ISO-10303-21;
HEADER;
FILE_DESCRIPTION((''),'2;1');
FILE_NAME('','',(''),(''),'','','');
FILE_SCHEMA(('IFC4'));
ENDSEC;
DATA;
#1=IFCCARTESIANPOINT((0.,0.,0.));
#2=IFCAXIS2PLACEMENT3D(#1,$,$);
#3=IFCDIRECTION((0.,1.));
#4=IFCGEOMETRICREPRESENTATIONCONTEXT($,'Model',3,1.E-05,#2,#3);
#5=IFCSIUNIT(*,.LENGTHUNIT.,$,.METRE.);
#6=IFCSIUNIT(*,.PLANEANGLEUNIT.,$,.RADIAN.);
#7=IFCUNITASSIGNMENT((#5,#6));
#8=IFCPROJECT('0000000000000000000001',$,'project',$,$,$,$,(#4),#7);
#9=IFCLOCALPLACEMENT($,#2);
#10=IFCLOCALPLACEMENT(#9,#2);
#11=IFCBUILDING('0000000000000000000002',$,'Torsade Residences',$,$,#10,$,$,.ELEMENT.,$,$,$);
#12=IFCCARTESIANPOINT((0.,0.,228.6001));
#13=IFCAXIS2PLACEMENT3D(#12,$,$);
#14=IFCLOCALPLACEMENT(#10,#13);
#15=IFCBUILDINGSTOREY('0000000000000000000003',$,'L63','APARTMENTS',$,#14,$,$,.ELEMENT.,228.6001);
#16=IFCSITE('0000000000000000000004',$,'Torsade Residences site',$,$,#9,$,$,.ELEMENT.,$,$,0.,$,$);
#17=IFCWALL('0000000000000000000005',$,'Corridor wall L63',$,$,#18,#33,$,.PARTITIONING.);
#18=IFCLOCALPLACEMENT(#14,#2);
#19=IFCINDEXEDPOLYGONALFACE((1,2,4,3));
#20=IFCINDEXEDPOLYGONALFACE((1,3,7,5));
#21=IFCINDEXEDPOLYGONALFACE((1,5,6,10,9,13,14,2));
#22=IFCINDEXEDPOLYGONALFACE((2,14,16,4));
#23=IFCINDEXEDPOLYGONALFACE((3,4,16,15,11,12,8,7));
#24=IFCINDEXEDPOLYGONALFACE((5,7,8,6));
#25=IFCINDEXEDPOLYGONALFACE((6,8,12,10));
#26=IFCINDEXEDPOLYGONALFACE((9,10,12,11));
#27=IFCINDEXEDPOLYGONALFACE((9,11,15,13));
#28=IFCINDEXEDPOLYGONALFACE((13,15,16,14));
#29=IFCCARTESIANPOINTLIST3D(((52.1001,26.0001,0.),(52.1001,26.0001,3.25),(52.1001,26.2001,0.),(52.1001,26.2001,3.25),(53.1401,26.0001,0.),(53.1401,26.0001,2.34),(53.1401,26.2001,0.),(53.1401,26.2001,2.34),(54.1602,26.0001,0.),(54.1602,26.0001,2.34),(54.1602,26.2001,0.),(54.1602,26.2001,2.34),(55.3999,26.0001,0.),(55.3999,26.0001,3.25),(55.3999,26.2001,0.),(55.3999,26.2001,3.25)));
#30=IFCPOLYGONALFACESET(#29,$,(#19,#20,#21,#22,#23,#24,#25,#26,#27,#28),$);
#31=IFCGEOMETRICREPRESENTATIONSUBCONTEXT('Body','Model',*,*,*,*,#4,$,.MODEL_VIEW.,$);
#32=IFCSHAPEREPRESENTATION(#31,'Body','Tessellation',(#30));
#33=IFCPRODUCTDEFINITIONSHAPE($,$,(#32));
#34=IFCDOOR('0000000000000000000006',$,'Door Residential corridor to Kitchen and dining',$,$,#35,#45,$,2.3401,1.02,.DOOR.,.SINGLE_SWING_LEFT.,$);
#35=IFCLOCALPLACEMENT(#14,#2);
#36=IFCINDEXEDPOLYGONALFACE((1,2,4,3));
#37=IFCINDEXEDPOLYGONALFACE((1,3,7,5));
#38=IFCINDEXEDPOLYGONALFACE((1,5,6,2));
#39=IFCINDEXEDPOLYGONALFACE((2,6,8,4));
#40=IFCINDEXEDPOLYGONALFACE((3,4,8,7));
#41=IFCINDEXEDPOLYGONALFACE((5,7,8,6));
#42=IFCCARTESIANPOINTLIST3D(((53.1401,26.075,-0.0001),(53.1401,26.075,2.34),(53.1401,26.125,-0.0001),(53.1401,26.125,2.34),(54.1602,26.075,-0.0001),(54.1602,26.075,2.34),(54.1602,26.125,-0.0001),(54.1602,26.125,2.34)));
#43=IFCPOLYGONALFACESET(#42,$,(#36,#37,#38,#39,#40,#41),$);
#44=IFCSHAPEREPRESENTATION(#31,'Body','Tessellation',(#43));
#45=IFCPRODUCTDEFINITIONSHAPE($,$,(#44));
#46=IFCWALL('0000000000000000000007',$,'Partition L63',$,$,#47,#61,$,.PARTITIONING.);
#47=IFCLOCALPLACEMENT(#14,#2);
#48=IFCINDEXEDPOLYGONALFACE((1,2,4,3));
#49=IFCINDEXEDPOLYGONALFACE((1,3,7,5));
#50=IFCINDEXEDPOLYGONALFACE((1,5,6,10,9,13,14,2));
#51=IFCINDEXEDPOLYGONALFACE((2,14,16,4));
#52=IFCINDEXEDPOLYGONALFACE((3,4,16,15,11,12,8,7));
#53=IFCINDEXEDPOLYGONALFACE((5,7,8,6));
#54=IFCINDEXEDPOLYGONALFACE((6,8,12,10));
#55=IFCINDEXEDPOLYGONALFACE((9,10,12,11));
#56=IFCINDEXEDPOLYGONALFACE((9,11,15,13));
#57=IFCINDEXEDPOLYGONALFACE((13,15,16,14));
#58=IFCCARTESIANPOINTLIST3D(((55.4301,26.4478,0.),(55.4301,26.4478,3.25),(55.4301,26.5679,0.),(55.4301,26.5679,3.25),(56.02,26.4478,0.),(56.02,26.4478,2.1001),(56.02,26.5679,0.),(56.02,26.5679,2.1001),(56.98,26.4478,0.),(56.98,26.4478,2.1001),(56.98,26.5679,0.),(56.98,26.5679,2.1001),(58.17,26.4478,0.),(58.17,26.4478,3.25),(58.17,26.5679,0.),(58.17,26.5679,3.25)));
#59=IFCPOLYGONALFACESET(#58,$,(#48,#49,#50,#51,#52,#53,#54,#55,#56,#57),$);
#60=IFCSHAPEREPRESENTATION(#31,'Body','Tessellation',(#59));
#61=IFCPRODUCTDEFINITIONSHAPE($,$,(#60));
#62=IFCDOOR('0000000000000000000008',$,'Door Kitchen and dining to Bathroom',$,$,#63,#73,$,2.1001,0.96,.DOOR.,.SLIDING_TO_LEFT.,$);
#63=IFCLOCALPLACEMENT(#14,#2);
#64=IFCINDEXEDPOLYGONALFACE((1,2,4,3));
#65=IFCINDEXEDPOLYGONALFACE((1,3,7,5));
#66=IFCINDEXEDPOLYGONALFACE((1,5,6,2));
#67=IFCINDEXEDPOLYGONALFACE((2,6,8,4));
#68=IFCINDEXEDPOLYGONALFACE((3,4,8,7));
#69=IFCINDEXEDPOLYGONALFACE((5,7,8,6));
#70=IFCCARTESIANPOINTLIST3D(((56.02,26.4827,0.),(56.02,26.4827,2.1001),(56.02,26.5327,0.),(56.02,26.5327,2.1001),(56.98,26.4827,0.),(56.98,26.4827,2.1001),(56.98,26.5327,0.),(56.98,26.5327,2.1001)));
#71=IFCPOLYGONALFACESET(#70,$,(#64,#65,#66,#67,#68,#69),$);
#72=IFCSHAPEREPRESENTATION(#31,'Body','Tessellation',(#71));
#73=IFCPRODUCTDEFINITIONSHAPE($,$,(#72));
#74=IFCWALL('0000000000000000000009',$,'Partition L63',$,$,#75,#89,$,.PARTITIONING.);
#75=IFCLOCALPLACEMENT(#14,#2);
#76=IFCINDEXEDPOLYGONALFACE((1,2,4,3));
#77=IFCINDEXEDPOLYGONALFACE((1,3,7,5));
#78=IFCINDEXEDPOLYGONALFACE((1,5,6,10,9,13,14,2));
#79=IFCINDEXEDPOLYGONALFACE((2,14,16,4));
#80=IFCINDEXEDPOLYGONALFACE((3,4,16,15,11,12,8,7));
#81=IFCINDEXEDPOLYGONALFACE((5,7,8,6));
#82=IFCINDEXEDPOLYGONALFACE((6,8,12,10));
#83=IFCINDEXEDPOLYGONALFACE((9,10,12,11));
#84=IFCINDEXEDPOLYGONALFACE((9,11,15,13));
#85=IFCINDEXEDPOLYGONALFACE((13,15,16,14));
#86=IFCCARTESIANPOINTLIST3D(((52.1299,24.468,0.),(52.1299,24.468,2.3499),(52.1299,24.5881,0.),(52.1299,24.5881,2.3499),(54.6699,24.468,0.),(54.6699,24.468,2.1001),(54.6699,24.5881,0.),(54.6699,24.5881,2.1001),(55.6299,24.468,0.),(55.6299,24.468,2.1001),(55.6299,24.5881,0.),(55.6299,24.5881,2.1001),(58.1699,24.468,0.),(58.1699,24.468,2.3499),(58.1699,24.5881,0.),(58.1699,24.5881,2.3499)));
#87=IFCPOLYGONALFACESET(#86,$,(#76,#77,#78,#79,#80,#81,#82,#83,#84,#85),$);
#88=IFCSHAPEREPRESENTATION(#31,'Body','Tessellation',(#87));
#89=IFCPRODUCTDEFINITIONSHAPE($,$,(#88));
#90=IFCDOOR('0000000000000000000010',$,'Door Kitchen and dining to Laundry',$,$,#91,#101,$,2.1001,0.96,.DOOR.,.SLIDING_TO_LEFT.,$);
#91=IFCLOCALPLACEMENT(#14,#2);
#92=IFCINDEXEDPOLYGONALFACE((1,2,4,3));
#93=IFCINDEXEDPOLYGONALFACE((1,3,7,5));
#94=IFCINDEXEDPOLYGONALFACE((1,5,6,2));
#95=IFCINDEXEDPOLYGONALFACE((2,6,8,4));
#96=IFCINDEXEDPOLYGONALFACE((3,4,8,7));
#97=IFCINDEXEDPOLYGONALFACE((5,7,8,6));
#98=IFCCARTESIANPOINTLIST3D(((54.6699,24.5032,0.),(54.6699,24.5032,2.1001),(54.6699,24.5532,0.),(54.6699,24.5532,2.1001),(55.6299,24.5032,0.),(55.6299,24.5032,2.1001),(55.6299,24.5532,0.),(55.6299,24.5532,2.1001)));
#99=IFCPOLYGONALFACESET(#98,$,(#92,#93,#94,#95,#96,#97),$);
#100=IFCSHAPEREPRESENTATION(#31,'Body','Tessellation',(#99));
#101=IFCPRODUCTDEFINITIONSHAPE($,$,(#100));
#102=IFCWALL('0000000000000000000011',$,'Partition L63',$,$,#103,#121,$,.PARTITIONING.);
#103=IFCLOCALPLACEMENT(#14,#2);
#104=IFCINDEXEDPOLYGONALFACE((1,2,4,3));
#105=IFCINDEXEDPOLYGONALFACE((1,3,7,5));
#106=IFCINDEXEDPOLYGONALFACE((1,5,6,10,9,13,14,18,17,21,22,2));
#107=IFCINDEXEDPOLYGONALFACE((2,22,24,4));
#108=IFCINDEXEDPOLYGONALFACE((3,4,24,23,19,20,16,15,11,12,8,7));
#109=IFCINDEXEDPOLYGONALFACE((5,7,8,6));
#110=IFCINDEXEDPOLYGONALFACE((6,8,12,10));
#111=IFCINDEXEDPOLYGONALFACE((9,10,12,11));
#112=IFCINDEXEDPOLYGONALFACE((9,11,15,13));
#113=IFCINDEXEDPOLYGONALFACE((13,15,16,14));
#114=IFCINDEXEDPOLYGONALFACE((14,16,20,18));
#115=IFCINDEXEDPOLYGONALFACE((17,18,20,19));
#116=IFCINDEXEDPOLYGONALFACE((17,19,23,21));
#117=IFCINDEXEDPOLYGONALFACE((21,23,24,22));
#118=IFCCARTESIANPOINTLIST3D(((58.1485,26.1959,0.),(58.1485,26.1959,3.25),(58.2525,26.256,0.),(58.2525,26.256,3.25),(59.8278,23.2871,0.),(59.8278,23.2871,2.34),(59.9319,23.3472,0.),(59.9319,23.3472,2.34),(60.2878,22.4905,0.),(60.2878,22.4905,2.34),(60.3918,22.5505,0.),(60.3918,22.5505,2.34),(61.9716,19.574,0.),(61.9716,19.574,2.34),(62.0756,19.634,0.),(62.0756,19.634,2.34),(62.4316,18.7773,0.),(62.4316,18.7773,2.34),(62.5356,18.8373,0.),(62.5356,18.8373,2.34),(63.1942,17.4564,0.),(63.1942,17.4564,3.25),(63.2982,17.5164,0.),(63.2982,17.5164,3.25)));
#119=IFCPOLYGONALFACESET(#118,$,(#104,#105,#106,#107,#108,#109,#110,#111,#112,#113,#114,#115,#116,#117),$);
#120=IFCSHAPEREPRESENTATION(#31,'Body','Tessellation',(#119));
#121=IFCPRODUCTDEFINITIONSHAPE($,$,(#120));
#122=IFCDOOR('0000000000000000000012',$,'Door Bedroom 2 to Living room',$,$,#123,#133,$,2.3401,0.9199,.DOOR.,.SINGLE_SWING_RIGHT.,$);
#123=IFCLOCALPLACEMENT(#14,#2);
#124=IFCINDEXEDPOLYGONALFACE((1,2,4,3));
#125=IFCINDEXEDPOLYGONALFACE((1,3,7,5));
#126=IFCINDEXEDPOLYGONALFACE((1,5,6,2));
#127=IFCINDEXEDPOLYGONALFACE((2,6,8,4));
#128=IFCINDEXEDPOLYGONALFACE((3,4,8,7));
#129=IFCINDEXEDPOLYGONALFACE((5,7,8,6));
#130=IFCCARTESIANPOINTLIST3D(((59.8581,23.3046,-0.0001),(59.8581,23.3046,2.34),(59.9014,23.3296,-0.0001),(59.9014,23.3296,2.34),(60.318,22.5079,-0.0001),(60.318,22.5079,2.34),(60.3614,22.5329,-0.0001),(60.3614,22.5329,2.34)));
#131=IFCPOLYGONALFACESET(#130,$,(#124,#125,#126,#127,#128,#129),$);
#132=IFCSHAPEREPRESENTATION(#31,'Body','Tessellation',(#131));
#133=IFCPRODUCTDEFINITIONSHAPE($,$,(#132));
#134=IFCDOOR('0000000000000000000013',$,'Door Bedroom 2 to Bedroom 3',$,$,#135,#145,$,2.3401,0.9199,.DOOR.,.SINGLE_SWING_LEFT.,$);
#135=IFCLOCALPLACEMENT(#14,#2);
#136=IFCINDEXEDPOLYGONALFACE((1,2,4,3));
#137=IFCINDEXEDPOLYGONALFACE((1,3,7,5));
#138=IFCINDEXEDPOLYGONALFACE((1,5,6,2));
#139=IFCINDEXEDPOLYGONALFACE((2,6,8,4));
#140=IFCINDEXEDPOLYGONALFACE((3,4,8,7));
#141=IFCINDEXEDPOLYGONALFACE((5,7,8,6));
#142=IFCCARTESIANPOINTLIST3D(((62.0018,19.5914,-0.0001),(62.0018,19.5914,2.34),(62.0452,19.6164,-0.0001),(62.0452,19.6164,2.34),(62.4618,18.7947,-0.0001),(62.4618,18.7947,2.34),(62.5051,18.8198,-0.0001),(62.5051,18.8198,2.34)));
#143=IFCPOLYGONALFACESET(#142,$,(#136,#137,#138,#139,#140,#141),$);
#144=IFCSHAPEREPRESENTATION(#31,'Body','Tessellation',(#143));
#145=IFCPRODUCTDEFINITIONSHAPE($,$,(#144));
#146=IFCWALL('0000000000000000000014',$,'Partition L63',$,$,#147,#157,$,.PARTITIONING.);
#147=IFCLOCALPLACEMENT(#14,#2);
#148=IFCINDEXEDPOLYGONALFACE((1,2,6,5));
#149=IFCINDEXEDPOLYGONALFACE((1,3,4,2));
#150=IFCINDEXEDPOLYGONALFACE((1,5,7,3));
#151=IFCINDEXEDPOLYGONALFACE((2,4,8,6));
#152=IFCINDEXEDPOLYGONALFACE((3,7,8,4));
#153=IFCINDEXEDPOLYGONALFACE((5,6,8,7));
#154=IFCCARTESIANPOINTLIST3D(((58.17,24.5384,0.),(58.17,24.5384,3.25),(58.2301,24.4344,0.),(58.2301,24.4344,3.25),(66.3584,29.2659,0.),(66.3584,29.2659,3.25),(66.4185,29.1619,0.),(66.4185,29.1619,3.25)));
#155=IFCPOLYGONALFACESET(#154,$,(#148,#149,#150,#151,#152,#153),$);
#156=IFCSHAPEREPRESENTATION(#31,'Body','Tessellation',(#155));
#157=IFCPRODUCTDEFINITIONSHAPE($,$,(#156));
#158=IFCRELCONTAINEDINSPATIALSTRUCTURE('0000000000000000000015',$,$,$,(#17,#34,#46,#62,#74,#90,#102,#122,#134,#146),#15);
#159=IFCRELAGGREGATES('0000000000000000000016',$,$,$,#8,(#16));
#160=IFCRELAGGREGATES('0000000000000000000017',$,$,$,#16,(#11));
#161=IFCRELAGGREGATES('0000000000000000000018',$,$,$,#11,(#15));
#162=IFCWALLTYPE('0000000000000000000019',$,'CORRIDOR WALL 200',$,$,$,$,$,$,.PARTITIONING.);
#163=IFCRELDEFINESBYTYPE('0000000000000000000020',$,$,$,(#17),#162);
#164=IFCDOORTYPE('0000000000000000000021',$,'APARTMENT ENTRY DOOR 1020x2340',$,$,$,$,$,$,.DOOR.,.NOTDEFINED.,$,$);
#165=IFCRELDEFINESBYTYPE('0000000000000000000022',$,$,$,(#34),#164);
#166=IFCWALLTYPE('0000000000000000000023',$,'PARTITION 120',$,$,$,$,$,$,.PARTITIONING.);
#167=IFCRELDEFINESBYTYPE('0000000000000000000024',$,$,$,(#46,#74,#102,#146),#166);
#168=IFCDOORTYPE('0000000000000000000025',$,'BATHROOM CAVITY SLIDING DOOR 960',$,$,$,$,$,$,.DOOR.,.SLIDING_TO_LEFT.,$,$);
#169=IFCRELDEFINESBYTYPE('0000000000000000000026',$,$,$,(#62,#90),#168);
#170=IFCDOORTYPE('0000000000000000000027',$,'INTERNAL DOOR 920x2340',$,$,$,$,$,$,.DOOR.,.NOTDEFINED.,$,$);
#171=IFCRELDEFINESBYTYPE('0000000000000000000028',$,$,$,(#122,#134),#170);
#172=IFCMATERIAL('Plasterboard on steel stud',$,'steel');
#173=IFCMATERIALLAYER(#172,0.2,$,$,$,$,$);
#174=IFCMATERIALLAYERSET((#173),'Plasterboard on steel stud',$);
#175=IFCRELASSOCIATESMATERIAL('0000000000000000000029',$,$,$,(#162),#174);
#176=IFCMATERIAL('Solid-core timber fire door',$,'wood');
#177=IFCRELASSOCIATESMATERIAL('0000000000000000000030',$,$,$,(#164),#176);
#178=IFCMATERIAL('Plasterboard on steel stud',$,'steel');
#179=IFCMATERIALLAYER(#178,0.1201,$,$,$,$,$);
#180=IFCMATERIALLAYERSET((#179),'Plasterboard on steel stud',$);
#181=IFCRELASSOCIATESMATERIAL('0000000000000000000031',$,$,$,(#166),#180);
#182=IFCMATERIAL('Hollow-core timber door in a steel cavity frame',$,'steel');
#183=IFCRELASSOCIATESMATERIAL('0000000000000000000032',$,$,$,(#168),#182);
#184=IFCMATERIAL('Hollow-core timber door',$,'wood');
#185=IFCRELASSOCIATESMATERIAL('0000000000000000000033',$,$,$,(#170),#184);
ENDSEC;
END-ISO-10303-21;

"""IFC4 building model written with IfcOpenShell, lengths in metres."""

from ifc_helpers import new_model, si_unit, direction, frame, frame_2d, origin, place, context, subcontext, project, spatial, rectangle, extrude, material, layer, layer_set, type_object, element, fill, save


model = new_model("IFC4")

# Units and contexts
model_context = context("Model", 3, precision=1e-05, world=origin(), true_north=direction((0.0, 1.0)))
body_context = subcontext(model_context, "Body", "Model", "MODEL_VIEW")
ifc_project = project(units=[si_unit("LENGTHUNIT", "METRE"), si_unit("PLANEANGLEUNIT", "RADIAN")], contexts=[model_context])

# Site, building, storey
site_placement = place(None, origin())
site = spatial("IfcSite", under=ifc_project, at=site_placement, Name="Torsade Residences site", CompositionType="ELEMENT", RefElevation=0.0)
building_placement = place(site_placement, origin())
building = spatial("IfcBuilding", under=site, at=building_placement, Name="Torsade Residences", CompositionType="ELEMENT")
storey_placement = place(building_placement, frame((0.0, 0.0, 228.6001)))
storey = spatial("IfcBuildingStorey", under=building, at=storey_placement, Name="L63", Description="APARTMENTS", CompositionType="ELEMENT", Elevation=228.6001)

# Shared definitions
ifc_material_1 = material(Name="Plasterboard on steel stud", Category="steel")
ifc_layer_1 = layer(ifc_material_1, 0.2)
ifc_layer_set_1 = layer_set([ifc_layer_1], Name="Plasterboard on steel stud")
wall_type_1 = type_object("IfcWallType", Name="CORRIDOR WALL 200", PredefinedType="PARTITIONING", material=ifc_layer_set_1)

# Walls, openings, doors
wall_1_placement = place(storey_placement, frame((52.1001, 26.1001, 0.0), z_axis=(0.0, 0.0, 1.0), x_axis=(1.0, 0.0, 0.0)))
wall_1 = element("IfcWall", 1, at=wall_1_placement, inside=storey, type_object=wall_type_1, Name="Corridor wall L63", PredefinedType="PARTITIONING", context=body_context, shape_type="SweptSolid", body=[
    extrude(rectangle(XDim=3.2998, YDim=0.2, at=frame_2d((1.6499, 0.0))), origin(), (0.0, 0.0, 1.0), 3.25),
])
opening_1_placement = place(wall_1_placement, frame((1.04, 0.0, 0.0)))
opening_1 = element("IfcOpeningElement", 2, at=opening_1_placement, cuts=wall_1, PredefinedType="OPENING", context=body_context, shape_type="SweptSolid", body=[
    extrude(rectangle(XDim=1.02, YDim=2.3401, at=frame_2d((0.51, 1.1699))), frame((0.0, 0.1099, 0.0), z_axis=(0.0, -1.0, 0.0), x_axis=(1.0, 0.0, 0.0)), (0.0, 0.0, 1.0), 0.22),
])
ifc_material_2 = material(Name="Solid-core timber fire door", Category="wood")
door_type_1 = type_object("IfcDoorType", Name="APARTMENT ENTRY DOOR 1020x2340", OperationType="NOTDEFINED", PredefinedType="DOOR", material=ifc_material_2)
door_1_placement = place(opening_1_placement, origin())
door_1 = element("IfcDoor", 3, at=door_1_placement, inside=storey, type_object=door_type_1, Name="Door Residential corridor to Kitchen and dining", OperationType="SINGLE_SWING_LEFT", OverallHeight=2.3401, OverallWidth=1.02, PredefinedType="DOOR", context=body_context, shape_type="SweptSolid", body=[
    extrude(rectangle(XDim=1.02, YDim=2.3401, at=frame_2d((0.51, 1.1699))), frame((0.0, 0.0249, 0.0), z_axis=(0.0, -1.0, 0.0), x_axis=(1.0, 0.0, 0.0)), (0.0, 0.0, 1.0), 0.05),
])
fill(opening_1, door_1)
ifc_material_3 = material(Name="Plasterboard on steel stud", Category="steel")
ifc_layer_2 = layer(ifc_material_3, 0.1201)
ifc_layer_set_2 = layer_set([ifc_layer_2], Name="Plasterboard on steel stud")
wall_type_2 = type_object("IfcWallType", Name="PARTITION 120", PredefinedType="PARTITIONING", material=ifc_layer_set_2)
wall_2_placement = place(storey_placement, frame((55.4299, 26.5078, 0.0), z_axis=(0.0, 0.0, 1.0), x_axis=(1.0, 0.0, 0.0)))
wall_2 = element("IfcWall", 4, at=wall_2_placement, inside=storey, type_object=wall_type_2, Name="Partition L63", PredefinedType="PARTITIONING", context=body_context, shape_type="SweptSolid", body=[
    extrude(rectangle(XDim=2.74, YDim=0.1201, at=frame_2d((1.3701, 0.0))), origin(), (0.0, 0.0, 1.0), 3.25),
])
opening_2_placement = place(wall_2_placement, frame((0.5901, 0.0, 0.0)))
opening_2 = element("IfcOpeningElement", 5, at=opening_2_placement, cuts=wall_2, PredefinedType="OPENING", context=body_context, shape_type="SweptSolid", body=[
    extrude(rectangle(XDim=0.96, YDim=2.1001, at=frame_2d((0.48, 1.05))), frame((0.0, 0.0701, 0.0), z_axis=(0.0, -1.0, 0.0), x_axis=(1.0, 0.0, 0.0)), (0.0, 0.0, 1.0), 0.1401),
])
ifc_material_4 = material(Name="Hollow-core timber door in a steel cavity frame", Category="steel")
door_type_2 = type_object("IfcDoorType", Name="BATHROOM CAVITY SLIDING DOOR 960", OperationType="SLIDING_TO_LEFT", PredefinedType="DOOR", material=ifc_material_4)
door_2_placement = place(opening_2_placement, origin())
door_2 = element("IfcDoor", 6, at=door_2_placement, inside=storey, type_object=door_type_2, Name="Door Kitchen and dining to Bathroom", OperationType="SLIDING_TO_LEFT", OverallHeight=2.1001, OverallWidth=0.96, PredefinedType="DOOR", context=body_context, shape_type="SweptSolid", body=[
    extrude(rectangle(XDim=0.96, YDim=2.1001, at=frame_2d((0.48, 1.05))), frame((0.0, 0.0249, 0.0), z_axis=(0.0, -1.0, 0.0), x_axis=(1.0, 0.0, 0.0)), (0.0, 0.0, 1.0), 0.05),
])
fill(opening_2, door_2)
wall_3_placement = place(storey_placement, frame((58.1699, 24.5281, 0.0), z_axis=(0.0, 0.0, 1.0), x_axis=(-1.0, 0.0, 0.0)))
wall_3 = element("IfcWall", 7, at=wall_3_placement, inside=storey, type_object=wall_type_2, Name="Partition L63", PredefinedType="PARTITIONING", context=body_context, shape_type="SweptSolid", body=[
    extrude(rectangle(XDim=6.04, YDim=0.1201, at=frame_2d((3.02, 0.0))), origin(), (0.0, 0.0, 1.0), 2.3499),
])
opening_3_placement = place(wall_3_placement, frame((2.54, 0.0, 0.0)))
opening_3 = element("IfcOpeningElement", 8, at=opening_3_placement, cuts=wall_3, PredefinedType="OPENING", context=body_context, shape_type="SweptSolid", body=[
    extrude(rectangle(XDim=0.96, YDim=2.1001, at=frame_2d((0.48, 1.05))), frame((0.0, 0.0701, 0.0), z_axis=(0.0, -1.0, 0.0), x_axis=(1.0, 0.0, 0.0)), (0.0, 0.0, 1.0), 0.1401),
])
door_3_placement = place(opening_3_placement, origin())
door_3 = element("IfcDoor", 9, at=door_3_placement, inside=storey, type_object=door_type_2, Name="Door Kitchen and dining to Laundry", OperationType="SLIDING_TO_LEFT", OverallHeight=2.1001, OverallWidth=0.96, PredefinedType="DOOR", context=body_context, shape_type="SweptSolid", body=[
    extrude(rectangle(XDim=0.96, YDim=2.1001, at=frame_2d((0.48, 1.05))), frame((0.0, 0.0249, 0.0), z_axis=(0.0, -1.0, 0.0), x_axis=(1.0, 0.0, 0.0)), (0.0, 0.0, 1.0), 0.05),
])
fill(opening_3, door_3)

# Wall, openings, doors
wall_4_placement = place(storey_placement, frame((58.2004, 26.2261, 0.0), z_axis=(0.0, 0.0, 1.0), x_axis=(0.499993, -0.86603, 0.0)))
wall_4 = element("IfcWall", 10, at=wall_4_placement, inside=storey, type_object=wall_type_2, Name="Partition L63", PredefinedType="PARTITIONING", context=body_context, shape_type="SweptSolid", body=[
    extrude(rectangle(XDim=10.0916, YDim=0.1201, at=frame_2d((5.0459, 0.0))), origin(), (0.0, 0.0, 1.0), 3.25),
])
opening_4_placement = place(wall_4_placement, frame((3.3589, 0.0, 0.0)))
opening_4 = element("IfcOpeningElement", 11, at=opening_4_placement, cuts=wall_4, PredefinedType="OPENING", context=body_context, shape_type="SweptSolid", body=[
    extrude(rectangle(XDim=0.9199, YDim=2.3401, at=frame_2d((0.46, 1.1699))), frame((0.0, 0.0701, 0.0), z_axis=(0.0, -1.0, 0.0), x_axis=(1.0, 0.0, 0.0)), (0.0, 0.0, 1.0), 0.1401),
])
opening_5_placement = place(wall_4_placement, frame((7.6465, 0.0, 0.0)))
opening_5 = element("IfcOpeningElement", 12, at=opening_5_placement, cuts=wall_4, PredefinedType="OPENING", context=body_context, shape_type="SweptSolid", body=[
    extrude(rectangle(XDim=0.9199, YDim=2.3401, at=frame_2d((0.46, 1.1699))), frame((0.0, 0.0701, 0.0), z_axis=(0.0, -1.0, 0.0), x_axis=(1.0, 0.0, 0.0)), (0.0, 0.0, 1.0), 0.1401),
])
ifc_material_5 = material(Name="Hollow-core timber door", Category="wood")
door_type_3 = type_object("IfcDoorType", Name="INTERNAL DOOR 920x2340", OperationType="NOTDEFINED", PredefinedType="DOOR", material=ifc_material_5)
door_4_placement = place(opening_4_placement, origin())
door_4 = element("IfcDoor", 13, at=door_4_placement, inside=storey, type_object=door_type_3, Name="Door Bedroom 2 to Living room", OperationType="SINGLE_SWING_RIGHT", OverallHeight=2.3401, OverallWidth=0.9199, PredefinedType="DOOR", context=body_context, shape_type="SweptSolid", body=[
    extrude(rectangle(XDim=0.9199, YDim=2.3401, at=frame_2d((0.46, 1.1699))), frame((0.0, 0.0249, 0.0), z_axis=(0.0, -1.0, 0.0), x_axis=(1.0, 0.0, 0.0)), (0.0, 0.0, 1.0), 0.05),
])
fill(opening_4, door_4)
door_5_placement = place(opening_5_placement, origin())
door_5 = element("IfcDoor", 14, at=door_5_placement, inside=storey, type_object=door_type_3, Name="Door Bedroom 2 to Bedroom 3", OperationType="SINGLE_SWING_LEFT", OverallHeight=2.3401, OverallWidth=0.9199, PredefinedType="DOOR", context=body_context, shape_type="SweptSolid", body=[
    extrude(rectangle(XDim=0.9199, YDim=2.3401, at=frame_2d((0.46, 1.1699))), frame((0.0, 0.0249, 0.0), z_axis=(0.0, -1.0, 0.0), x_axis=(1.0, 0.0, 0.0)), (0.0, 0.0, 1.0), 0.05),
])
fill(opening_5, door_5)

# Wall
wall_5_placement = place(storey_placement, frame((66.3884, 29.2139, 0.0), z_axis=(0.0, 0.0, 1.0), x_axis=(-0.866029, -0.499994, 0.0)))
element("IfcWall", 15, at=wall_5_placement, inside=storey, type_object=wall_type_2, Name="Partition L63", PredefinedType="PARTITIONING", context=body_context, shape_type="SweptSolid", body=[
    extrude(rectangle(XDim=9.4551, YDim=0.1201, at=frame_2d((4.7275, 0.0))), origin(), (0.0, 0.0, 1.0), 3.25),
])

save(model, "model.ifc")
